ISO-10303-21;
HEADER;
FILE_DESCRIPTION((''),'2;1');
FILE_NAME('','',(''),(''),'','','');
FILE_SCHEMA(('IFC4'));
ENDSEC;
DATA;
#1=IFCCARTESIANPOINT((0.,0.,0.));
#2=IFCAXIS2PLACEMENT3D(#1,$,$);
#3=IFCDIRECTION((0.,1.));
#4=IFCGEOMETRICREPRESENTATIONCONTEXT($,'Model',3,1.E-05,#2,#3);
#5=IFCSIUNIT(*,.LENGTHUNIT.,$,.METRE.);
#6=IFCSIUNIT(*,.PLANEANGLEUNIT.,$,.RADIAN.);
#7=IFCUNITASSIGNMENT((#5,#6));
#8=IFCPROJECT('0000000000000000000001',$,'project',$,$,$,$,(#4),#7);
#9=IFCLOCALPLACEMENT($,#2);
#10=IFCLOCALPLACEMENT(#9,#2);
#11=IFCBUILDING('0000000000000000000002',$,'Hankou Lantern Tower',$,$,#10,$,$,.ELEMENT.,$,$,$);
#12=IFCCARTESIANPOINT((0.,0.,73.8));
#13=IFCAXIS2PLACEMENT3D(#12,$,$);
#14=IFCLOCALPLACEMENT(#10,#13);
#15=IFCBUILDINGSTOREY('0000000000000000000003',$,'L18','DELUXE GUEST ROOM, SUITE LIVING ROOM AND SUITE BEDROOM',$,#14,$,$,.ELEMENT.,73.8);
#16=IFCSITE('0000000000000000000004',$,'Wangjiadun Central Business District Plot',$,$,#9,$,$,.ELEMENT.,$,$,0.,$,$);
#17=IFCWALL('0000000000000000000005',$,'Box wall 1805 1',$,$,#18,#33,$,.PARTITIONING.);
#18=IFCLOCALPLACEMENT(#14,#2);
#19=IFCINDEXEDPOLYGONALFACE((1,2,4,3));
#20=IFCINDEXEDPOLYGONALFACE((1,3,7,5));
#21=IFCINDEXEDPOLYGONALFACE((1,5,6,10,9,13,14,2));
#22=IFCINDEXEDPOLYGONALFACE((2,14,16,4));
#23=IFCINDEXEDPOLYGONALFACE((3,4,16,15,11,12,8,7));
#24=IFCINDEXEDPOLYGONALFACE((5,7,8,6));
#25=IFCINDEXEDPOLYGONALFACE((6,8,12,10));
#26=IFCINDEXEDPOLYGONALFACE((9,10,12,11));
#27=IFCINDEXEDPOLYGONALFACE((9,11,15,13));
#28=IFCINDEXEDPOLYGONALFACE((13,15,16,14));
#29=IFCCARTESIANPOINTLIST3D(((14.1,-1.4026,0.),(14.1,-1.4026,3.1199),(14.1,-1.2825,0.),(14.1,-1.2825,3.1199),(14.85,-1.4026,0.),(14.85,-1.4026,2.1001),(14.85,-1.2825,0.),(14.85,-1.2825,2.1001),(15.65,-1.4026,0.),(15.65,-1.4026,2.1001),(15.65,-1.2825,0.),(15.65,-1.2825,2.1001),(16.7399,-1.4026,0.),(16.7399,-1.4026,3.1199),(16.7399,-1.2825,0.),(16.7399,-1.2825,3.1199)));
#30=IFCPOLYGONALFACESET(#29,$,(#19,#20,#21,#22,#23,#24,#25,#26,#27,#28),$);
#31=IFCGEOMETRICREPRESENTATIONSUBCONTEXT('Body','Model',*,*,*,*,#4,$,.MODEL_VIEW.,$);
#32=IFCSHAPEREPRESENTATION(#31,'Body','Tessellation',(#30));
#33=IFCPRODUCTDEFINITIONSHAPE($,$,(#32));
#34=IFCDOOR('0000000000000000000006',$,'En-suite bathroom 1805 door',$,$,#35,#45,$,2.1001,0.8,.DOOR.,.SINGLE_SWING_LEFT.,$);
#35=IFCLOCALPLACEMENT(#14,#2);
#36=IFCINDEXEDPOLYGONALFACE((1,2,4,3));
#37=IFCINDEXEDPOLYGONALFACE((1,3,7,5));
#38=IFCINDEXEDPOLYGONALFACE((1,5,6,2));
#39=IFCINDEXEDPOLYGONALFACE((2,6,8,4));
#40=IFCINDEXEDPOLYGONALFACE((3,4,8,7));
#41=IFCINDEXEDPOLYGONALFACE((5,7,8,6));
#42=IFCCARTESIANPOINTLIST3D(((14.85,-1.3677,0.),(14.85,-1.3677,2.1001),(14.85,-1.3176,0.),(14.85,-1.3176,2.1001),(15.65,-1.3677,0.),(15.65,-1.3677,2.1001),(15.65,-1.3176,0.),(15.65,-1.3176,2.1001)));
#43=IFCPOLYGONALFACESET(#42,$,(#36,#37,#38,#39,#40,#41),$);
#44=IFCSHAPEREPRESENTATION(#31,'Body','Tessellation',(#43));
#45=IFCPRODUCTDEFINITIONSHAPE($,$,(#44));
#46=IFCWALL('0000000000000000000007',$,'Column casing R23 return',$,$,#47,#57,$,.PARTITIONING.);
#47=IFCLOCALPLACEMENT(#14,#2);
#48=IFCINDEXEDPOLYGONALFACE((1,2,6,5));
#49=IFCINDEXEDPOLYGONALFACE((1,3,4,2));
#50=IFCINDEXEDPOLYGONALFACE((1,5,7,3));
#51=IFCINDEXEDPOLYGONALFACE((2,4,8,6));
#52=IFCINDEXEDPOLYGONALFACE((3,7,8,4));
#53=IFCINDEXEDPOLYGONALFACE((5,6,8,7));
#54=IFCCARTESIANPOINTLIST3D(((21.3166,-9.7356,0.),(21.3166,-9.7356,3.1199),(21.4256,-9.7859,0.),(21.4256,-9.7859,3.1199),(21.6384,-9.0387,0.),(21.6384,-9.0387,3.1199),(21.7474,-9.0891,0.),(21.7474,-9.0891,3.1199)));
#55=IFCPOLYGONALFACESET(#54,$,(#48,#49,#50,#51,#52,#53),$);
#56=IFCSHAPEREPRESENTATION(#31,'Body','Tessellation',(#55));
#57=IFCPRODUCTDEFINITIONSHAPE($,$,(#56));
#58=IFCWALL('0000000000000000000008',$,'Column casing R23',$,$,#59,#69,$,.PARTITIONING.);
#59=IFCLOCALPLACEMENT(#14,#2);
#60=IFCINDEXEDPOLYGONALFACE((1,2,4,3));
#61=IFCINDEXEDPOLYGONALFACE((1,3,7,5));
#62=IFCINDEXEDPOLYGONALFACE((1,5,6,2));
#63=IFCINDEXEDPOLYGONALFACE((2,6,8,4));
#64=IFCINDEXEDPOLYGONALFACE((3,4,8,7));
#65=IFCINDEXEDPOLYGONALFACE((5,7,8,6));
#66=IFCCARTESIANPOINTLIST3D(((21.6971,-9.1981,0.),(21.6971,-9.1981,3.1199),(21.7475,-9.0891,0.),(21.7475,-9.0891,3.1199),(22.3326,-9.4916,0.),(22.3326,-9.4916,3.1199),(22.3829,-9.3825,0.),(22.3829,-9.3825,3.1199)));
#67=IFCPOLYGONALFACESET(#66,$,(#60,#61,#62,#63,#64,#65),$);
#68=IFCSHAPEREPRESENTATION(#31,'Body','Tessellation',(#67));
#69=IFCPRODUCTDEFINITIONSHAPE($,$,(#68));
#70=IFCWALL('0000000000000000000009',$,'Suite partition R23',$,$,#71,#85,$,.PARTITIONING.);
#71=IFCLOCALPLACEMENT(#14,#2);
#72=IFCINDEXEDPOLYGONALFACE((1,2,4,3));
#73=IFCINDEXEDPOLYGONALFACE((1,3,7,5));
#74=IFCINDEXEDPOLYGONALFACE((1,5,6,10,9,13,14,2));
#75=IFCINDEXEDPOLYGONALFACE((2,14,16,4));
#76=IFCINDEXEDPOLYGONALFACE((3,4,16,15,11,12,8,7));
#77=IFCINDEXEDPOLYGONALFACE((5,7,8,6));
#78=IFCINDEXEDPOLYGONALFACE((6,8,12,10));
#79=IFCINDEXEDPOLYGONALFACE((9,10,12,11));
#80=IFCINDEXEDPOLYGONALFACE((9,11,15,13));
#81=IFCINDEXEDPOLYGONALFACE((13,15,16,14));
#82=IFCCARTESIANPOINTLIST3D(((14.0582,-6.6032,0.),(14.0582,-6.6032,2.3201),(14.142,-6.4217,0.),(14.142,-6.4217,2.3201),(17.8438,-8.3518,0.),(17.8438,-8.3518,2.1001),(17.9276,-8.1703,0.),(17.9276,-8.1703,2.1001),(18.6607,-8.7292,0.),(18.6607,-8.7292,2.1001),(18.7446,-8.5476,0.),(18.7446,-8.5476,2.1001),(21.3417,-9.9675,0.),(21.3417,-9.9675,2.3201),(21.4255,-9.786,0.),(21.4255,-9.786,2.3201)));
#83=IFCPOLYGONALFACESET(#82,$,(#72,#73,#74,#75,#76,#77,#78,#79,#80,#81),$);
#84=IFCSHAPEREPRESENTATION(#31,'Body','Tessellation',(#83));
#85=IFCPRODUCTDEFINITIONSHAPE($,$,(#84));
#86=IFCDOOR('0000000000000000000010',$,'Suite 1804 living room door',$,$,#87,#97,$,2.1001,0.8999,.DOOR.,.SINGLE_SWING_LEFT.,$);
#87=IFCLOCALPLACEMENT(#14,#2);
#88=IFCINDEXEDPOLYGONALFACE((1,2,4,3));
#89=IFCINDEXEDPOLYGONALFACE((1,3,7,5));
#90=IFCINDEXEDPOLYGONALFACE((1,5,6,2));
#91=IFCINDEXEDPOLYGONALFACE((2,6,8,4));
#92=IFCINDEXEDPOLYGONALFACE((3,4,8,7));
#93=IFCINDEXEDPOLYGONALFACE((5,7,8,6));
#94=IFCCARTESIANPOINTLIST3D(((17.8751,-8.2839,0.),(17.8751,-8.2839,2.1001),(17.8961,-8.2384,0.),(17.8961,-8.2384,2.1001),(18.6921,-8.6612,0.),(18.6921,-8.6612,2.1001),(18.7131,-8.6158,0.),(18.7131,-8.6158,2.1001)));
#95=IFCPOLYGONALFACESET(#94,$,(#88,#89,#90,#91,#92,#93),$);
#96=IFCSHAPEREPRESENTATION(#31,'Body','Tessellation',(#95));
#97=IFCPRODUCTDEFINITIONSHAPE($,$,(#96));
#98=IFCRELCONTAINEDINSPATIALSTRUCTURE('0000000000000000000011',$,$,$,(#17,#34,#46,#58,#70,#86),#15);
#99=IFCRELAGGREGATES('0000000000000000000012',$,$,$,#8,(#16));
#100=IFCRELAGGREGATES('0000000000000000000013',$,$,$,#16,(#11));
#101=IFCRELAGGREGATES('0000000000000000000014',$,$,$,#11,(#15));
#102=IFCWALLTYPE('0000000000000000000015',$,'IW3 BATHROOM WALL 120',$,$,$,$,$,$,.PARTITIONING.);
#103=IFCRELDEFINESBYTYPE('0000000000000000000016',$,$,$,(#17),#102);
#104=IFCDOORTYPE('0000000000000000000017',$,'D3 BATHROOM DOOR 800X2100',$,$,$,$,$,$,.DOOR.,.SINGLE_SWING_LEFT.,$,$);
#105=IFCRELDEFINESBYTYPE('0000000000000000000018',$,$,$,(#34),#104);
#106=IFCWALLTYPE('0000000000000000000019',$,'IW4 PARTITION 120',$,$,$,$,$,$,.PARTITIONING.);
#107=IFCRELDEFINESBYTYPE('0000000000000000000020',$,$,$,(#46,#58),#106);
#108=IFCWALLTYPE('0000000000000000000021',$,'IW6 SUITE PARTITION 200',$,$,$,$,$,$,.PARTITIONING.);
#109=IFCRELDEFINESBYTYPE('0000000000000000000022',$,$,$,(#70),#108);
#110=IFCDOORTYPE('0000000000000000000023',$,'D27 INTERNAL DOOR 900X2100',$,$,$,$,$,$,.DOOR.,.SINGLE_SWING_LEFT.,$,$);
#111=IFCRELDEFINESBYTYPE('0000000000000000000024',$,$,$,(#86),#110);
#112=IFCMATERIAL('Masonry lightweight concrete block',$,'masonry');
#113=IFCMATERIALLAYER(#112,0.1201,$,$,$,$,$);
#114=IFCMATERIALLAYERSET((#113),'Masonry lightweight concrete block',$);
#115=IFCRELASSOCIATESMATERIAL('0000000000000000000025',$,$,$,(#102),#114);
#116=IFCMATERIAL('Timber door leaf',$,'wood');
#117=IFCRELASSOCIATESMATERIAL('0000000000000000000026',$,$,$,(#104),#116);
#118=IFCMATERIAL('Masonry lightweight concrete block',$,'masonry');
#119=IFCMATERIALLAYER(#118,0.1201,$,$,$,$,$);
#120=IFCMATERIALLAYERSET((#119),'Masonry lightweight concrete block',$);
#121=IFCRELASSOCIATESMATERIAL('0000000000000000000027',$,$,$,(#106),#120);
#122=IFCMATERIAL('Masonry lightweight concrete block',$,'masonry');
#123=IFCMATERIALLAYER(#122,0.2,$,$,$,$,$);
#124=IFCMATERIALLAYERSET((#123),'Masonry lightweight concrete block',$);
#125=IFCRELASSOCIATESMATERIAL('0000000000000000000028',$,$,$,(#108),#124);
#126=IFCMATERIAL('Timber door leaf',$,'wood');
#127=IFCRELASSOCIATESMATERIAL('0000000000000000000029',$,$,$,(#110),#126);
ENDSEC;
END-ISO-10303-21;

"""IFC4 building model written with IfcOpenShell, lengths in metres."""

from ifc_helpers import new_model, si_unit, direction, frame, frame_2d, origin, place, context, subcontext, project, spatial, rectangle, extrude, material, layer, layer_set, type_object, element, fill, save


model = new_model("IFC4")

# Units and contexts
model_context = context("Model", 3, precision=1e-05, world=origin(), true_north=direction((0.0, 1.0)))
body_context = subcontext(model_context, "Body", "Model", "MODEL_VIEW")
ifc_project = project(units=[si_unit("LENGTHUNIT", "METRE"), si_unit("PLANEANGLEUNIT", "RADIAN")], contexts=[model_context])

# Site, building, storey
site_placement = place(None, origin())
site = spatial("IfcSite", under=ifc_project, at=site_placement, Name="Wangjiadun Central Business District Plot", CompositionType="ELEMENT", RefElevation=0.0)
building_placement = place(site_placement, origin())
building = spatial("IfcBuilding", under=site, at=building_placement, Name="Hankou Lantern Tower", CompositionType="ELEMENT")
storey_placement = place(building_placement, frame((0.0, 0.0, 73.8)))
storey = spatial("IfcBuildingStorey", under=building, at=storey_placement, Name="L18", Description="DELUXE GUEST ROOM, SUITE LIVING ROOM AND SUITE BEDROOM", CompositionType="ELEMENT", Elevation=73.8)

# Shared definitions
ifc_material_1 = material(Name="Masonry lightweight concrete block", Category="masonry")
ifc_layer_1 = layer(ifc_material_1, 0.1201)
ifc_layer_set_1 = layer_set([ifc_layer_1], Name="Masonry lightweight concrete block")
wall_type_1 = type_object("IfcWallType", Name="IW3 BATHROOM WALL 120", PredefinedType="PARTITIONING", material=ifc_layer_set_1)

# Shared definitions
ifc_material_2 = material(Name="Timber door leaf", Category="wood")
door_type_1 = type_object("IfcDoorType", Name="D3 BATHROOM DOOR 800X2100", OperationType="SINGLE_SWING_LEFT", PredefinedType="DOOR", material=ifc_material_2)

# Wall, opening, door
wall_1_placement = place(storey_placement, frame((14.1001, -1.3425, 0.0), z_axis=(0.0, 0.0, 1.0), x_axis=(1.0, 0.0, 0.0)))
wall_1 = element("IfcWall", 1, at=wall_1_placement, inside=storey, type_object=wall_type_1, Name="Box wall 1805 1", PredefinedType="PARTITIONING", context=body_context, shape_type="SweptSolid", body=[
    extrude(rectangle(XDim=2.6399, YDim=0.1201, at=frame_2d((1.3198, 0.0))), origin(), (0.0, 0.0, 1.0), 3.1199),
])
opening_1_placement = place(wall_1_placement, frame((0.75, 0.0, 0.0)))
opening_1 = element("IfcOpeningElement", 2, at=opening_1_placement, cuts=wall_1, PredefinedType="OPENING", context=body_context, shape_type="SweptSolid", body=[
    extrude(rectangle(XDim=0.8, YDim=2.1001, at=frame_2d((0.3999, 1.05))), frame((0.0, 0.0701, 0.0), z_axis=(0.0, -1.0, 0.0), x_axis=(1.0, 0.0, 0.0)), (0.0, 0.0, 1.0), 0.1401),
])
door_1_placement = place(opening_1_placement, origin())
door_1 = element("IfcDoor", 3, at=door_1_placement, inside=storey, type_object=door_type_1, Name="En-suite bathroom 1805 door", OperationType="SINGLE_SWING_LEFT", OverallHeight=2.1001, OverallWidth=0.8, PredefinedType="DOOR", context=body_context, shape_type="SweptSolid", body=[
    extrude(rectangle(XDim=0.8, YDim=2.1001, at=frame_2d((0.3999, 1.05))), frame((0.0, 0.0249, 0.0), z_axis=(0.0, -1.0, 0.0), x_axis=(1.0, 0.0, 0.0)), (0.0, 0.0, 1.0), 0.05),
])
fill(opening_1, door_1)

# Walls
ifc_material_3 = material(Name="Masonry lightweight concrete block", Category="masonry")
ifc_layer_2 = layer(ifc_material_3, 0.1201)
ifc_layer_set_2 = layer_set([ifc_layer_2], Name="Masonry lightweight concrete block")
wall_type_2 = type_object("IfcWallType", Name="IW4 PARTITION 120", PredefinedType="PARTITIONING", material=ifc_layer_set_2)
wall_2_placement = place(storey_placement, frame((21.3711, -9.7607, 0.0), z_axis=(0.0, 0.0, 1.0), x_axis=(0.41926, 0.907866, 0.0)))
element("IfcWall", 4, at=wall_2_placement, inside=storey, type_object=wall_type_2, Name="Column casing R23 return", PredefinedType="PARTITIONING", context=body_context, shape_type="SweptSolid", body=[
    extrude(rectangle(XDim=0.7676, YDim=0.1201, at=frame_2d((0.3838, 0.0))), origin(), (0.0, 0.0, 1.0), 3.1199),
])
wall_3_placement = place(storey_placement, frame((21.7222, -9.1436, 0.0), z_axis=(0.0, 0.0, 1.0), x_axis=(0.907878, -0.419235, 0.0)))
element("IfcWall", 5, at=wall_3_placement, inside=storey, type_object=wall_type_2, Name="Column casing R23", PredefinedType="PARTITIONING", context=body_context, shape_type="SweptSolid", body=[
    extrude(rectangle(XDim=0.7, YDim=0.1201, at=frame_2d((0.3501, 0.0))), origin(), (0.0, 0.0, 1.0), 3.1199),
])

# Wall, opening, door
ifc_material_4 = material(Name="Masonry lightweight concrete block", Category="masonry")
ifc_layer_3 = layer(ifc_material_4, 0.2)
ifc_layer_set_3 = layer_set([ifc_layer_3], Name="Masonry lightweight concrete block")
wall_type_3 = type_object("IfcWallType", Name="IW6 SUITE PARTITION 200", PredefinedType="PARTITIONING", material=ifc_layer_set_3)
wall_4_placement = place(storey_placement, frame((14.1001, -6.5125, 0.0), z_axis=(0.0, 0.0, 1.0), x_axis=(0.907833, -0.419332, 0.0)))
wall_4 = element("IfcWall", 6, at=wall_4_placement, inside=storey, type_object=wall_type_3, Name="Suite partition R23", PredefinedType="PARTITIONING", context=body_context, shape_type="SweptSolid", body=[
    extrude(rectangle(XDim=8.0229, YDim=0.2, at=frame_2d((4.0115, 0.0))), origin(), (0.0, 0.0, 1.0), 2.3201),
])
opening_2_placement = place(wall_4_placement, frame((4.1699, 0.0, 0.0)))
opening_2 = element("IfcOpeningElement", 7, at=opening_2_placement, cuts=wall_4, PredefinedType="OPENING", context=body_context, shape_type="SweptSolid", body=[
    extrude(rectangle(XDim=0.8999, YDim=2.1001, at=frame_2d((0.45, 1.05))), frame((0.0, 0.1099, 0.0), z_axis=(0.0, -1.0, 0.0), x_axis=(1.0, 0.0, 0.0)), (0.0, 0.0, 1.0), 0.22),
])
ifc_material_5 = material(Name="Timber door leaf", Category="wood")
door_type_2 = type_object("IfcDoorType", Name="D27 INTERNAL DOOR 900X2100", OperationType="SINGLE_SWING_LEFT", PredefinedType="DOOR", material=ifc_material_5)
door_2_placement = place(opening_2_placement, origin())
door_2 = element("IfcDoor", 8, at=door_2_placement, inside=storey, type_object=door_type_2, Name="Suite 1804 living room door", OperationType="SINGLE_SWING_LEFT", OverallHeight=2.1001, OverallWidth=0.8999, PredefinedType="DOOR", context=body_context, shape_type="SweptSolid", body=[
    extrude(rectangle(XDim=0.8999, YDim=2.1001, at=frame_2d((0.45, 1.05))), frame((0.0, 0.0249, 0.0), z_axis=(0.0, -1.0, 0.0), x_axis=(1.0, 0.0, 0.0)), (0.0, 0.0, 1.0), 0.05),
])
fill(opening_2, door_2)

save(model, "model.ifc")
